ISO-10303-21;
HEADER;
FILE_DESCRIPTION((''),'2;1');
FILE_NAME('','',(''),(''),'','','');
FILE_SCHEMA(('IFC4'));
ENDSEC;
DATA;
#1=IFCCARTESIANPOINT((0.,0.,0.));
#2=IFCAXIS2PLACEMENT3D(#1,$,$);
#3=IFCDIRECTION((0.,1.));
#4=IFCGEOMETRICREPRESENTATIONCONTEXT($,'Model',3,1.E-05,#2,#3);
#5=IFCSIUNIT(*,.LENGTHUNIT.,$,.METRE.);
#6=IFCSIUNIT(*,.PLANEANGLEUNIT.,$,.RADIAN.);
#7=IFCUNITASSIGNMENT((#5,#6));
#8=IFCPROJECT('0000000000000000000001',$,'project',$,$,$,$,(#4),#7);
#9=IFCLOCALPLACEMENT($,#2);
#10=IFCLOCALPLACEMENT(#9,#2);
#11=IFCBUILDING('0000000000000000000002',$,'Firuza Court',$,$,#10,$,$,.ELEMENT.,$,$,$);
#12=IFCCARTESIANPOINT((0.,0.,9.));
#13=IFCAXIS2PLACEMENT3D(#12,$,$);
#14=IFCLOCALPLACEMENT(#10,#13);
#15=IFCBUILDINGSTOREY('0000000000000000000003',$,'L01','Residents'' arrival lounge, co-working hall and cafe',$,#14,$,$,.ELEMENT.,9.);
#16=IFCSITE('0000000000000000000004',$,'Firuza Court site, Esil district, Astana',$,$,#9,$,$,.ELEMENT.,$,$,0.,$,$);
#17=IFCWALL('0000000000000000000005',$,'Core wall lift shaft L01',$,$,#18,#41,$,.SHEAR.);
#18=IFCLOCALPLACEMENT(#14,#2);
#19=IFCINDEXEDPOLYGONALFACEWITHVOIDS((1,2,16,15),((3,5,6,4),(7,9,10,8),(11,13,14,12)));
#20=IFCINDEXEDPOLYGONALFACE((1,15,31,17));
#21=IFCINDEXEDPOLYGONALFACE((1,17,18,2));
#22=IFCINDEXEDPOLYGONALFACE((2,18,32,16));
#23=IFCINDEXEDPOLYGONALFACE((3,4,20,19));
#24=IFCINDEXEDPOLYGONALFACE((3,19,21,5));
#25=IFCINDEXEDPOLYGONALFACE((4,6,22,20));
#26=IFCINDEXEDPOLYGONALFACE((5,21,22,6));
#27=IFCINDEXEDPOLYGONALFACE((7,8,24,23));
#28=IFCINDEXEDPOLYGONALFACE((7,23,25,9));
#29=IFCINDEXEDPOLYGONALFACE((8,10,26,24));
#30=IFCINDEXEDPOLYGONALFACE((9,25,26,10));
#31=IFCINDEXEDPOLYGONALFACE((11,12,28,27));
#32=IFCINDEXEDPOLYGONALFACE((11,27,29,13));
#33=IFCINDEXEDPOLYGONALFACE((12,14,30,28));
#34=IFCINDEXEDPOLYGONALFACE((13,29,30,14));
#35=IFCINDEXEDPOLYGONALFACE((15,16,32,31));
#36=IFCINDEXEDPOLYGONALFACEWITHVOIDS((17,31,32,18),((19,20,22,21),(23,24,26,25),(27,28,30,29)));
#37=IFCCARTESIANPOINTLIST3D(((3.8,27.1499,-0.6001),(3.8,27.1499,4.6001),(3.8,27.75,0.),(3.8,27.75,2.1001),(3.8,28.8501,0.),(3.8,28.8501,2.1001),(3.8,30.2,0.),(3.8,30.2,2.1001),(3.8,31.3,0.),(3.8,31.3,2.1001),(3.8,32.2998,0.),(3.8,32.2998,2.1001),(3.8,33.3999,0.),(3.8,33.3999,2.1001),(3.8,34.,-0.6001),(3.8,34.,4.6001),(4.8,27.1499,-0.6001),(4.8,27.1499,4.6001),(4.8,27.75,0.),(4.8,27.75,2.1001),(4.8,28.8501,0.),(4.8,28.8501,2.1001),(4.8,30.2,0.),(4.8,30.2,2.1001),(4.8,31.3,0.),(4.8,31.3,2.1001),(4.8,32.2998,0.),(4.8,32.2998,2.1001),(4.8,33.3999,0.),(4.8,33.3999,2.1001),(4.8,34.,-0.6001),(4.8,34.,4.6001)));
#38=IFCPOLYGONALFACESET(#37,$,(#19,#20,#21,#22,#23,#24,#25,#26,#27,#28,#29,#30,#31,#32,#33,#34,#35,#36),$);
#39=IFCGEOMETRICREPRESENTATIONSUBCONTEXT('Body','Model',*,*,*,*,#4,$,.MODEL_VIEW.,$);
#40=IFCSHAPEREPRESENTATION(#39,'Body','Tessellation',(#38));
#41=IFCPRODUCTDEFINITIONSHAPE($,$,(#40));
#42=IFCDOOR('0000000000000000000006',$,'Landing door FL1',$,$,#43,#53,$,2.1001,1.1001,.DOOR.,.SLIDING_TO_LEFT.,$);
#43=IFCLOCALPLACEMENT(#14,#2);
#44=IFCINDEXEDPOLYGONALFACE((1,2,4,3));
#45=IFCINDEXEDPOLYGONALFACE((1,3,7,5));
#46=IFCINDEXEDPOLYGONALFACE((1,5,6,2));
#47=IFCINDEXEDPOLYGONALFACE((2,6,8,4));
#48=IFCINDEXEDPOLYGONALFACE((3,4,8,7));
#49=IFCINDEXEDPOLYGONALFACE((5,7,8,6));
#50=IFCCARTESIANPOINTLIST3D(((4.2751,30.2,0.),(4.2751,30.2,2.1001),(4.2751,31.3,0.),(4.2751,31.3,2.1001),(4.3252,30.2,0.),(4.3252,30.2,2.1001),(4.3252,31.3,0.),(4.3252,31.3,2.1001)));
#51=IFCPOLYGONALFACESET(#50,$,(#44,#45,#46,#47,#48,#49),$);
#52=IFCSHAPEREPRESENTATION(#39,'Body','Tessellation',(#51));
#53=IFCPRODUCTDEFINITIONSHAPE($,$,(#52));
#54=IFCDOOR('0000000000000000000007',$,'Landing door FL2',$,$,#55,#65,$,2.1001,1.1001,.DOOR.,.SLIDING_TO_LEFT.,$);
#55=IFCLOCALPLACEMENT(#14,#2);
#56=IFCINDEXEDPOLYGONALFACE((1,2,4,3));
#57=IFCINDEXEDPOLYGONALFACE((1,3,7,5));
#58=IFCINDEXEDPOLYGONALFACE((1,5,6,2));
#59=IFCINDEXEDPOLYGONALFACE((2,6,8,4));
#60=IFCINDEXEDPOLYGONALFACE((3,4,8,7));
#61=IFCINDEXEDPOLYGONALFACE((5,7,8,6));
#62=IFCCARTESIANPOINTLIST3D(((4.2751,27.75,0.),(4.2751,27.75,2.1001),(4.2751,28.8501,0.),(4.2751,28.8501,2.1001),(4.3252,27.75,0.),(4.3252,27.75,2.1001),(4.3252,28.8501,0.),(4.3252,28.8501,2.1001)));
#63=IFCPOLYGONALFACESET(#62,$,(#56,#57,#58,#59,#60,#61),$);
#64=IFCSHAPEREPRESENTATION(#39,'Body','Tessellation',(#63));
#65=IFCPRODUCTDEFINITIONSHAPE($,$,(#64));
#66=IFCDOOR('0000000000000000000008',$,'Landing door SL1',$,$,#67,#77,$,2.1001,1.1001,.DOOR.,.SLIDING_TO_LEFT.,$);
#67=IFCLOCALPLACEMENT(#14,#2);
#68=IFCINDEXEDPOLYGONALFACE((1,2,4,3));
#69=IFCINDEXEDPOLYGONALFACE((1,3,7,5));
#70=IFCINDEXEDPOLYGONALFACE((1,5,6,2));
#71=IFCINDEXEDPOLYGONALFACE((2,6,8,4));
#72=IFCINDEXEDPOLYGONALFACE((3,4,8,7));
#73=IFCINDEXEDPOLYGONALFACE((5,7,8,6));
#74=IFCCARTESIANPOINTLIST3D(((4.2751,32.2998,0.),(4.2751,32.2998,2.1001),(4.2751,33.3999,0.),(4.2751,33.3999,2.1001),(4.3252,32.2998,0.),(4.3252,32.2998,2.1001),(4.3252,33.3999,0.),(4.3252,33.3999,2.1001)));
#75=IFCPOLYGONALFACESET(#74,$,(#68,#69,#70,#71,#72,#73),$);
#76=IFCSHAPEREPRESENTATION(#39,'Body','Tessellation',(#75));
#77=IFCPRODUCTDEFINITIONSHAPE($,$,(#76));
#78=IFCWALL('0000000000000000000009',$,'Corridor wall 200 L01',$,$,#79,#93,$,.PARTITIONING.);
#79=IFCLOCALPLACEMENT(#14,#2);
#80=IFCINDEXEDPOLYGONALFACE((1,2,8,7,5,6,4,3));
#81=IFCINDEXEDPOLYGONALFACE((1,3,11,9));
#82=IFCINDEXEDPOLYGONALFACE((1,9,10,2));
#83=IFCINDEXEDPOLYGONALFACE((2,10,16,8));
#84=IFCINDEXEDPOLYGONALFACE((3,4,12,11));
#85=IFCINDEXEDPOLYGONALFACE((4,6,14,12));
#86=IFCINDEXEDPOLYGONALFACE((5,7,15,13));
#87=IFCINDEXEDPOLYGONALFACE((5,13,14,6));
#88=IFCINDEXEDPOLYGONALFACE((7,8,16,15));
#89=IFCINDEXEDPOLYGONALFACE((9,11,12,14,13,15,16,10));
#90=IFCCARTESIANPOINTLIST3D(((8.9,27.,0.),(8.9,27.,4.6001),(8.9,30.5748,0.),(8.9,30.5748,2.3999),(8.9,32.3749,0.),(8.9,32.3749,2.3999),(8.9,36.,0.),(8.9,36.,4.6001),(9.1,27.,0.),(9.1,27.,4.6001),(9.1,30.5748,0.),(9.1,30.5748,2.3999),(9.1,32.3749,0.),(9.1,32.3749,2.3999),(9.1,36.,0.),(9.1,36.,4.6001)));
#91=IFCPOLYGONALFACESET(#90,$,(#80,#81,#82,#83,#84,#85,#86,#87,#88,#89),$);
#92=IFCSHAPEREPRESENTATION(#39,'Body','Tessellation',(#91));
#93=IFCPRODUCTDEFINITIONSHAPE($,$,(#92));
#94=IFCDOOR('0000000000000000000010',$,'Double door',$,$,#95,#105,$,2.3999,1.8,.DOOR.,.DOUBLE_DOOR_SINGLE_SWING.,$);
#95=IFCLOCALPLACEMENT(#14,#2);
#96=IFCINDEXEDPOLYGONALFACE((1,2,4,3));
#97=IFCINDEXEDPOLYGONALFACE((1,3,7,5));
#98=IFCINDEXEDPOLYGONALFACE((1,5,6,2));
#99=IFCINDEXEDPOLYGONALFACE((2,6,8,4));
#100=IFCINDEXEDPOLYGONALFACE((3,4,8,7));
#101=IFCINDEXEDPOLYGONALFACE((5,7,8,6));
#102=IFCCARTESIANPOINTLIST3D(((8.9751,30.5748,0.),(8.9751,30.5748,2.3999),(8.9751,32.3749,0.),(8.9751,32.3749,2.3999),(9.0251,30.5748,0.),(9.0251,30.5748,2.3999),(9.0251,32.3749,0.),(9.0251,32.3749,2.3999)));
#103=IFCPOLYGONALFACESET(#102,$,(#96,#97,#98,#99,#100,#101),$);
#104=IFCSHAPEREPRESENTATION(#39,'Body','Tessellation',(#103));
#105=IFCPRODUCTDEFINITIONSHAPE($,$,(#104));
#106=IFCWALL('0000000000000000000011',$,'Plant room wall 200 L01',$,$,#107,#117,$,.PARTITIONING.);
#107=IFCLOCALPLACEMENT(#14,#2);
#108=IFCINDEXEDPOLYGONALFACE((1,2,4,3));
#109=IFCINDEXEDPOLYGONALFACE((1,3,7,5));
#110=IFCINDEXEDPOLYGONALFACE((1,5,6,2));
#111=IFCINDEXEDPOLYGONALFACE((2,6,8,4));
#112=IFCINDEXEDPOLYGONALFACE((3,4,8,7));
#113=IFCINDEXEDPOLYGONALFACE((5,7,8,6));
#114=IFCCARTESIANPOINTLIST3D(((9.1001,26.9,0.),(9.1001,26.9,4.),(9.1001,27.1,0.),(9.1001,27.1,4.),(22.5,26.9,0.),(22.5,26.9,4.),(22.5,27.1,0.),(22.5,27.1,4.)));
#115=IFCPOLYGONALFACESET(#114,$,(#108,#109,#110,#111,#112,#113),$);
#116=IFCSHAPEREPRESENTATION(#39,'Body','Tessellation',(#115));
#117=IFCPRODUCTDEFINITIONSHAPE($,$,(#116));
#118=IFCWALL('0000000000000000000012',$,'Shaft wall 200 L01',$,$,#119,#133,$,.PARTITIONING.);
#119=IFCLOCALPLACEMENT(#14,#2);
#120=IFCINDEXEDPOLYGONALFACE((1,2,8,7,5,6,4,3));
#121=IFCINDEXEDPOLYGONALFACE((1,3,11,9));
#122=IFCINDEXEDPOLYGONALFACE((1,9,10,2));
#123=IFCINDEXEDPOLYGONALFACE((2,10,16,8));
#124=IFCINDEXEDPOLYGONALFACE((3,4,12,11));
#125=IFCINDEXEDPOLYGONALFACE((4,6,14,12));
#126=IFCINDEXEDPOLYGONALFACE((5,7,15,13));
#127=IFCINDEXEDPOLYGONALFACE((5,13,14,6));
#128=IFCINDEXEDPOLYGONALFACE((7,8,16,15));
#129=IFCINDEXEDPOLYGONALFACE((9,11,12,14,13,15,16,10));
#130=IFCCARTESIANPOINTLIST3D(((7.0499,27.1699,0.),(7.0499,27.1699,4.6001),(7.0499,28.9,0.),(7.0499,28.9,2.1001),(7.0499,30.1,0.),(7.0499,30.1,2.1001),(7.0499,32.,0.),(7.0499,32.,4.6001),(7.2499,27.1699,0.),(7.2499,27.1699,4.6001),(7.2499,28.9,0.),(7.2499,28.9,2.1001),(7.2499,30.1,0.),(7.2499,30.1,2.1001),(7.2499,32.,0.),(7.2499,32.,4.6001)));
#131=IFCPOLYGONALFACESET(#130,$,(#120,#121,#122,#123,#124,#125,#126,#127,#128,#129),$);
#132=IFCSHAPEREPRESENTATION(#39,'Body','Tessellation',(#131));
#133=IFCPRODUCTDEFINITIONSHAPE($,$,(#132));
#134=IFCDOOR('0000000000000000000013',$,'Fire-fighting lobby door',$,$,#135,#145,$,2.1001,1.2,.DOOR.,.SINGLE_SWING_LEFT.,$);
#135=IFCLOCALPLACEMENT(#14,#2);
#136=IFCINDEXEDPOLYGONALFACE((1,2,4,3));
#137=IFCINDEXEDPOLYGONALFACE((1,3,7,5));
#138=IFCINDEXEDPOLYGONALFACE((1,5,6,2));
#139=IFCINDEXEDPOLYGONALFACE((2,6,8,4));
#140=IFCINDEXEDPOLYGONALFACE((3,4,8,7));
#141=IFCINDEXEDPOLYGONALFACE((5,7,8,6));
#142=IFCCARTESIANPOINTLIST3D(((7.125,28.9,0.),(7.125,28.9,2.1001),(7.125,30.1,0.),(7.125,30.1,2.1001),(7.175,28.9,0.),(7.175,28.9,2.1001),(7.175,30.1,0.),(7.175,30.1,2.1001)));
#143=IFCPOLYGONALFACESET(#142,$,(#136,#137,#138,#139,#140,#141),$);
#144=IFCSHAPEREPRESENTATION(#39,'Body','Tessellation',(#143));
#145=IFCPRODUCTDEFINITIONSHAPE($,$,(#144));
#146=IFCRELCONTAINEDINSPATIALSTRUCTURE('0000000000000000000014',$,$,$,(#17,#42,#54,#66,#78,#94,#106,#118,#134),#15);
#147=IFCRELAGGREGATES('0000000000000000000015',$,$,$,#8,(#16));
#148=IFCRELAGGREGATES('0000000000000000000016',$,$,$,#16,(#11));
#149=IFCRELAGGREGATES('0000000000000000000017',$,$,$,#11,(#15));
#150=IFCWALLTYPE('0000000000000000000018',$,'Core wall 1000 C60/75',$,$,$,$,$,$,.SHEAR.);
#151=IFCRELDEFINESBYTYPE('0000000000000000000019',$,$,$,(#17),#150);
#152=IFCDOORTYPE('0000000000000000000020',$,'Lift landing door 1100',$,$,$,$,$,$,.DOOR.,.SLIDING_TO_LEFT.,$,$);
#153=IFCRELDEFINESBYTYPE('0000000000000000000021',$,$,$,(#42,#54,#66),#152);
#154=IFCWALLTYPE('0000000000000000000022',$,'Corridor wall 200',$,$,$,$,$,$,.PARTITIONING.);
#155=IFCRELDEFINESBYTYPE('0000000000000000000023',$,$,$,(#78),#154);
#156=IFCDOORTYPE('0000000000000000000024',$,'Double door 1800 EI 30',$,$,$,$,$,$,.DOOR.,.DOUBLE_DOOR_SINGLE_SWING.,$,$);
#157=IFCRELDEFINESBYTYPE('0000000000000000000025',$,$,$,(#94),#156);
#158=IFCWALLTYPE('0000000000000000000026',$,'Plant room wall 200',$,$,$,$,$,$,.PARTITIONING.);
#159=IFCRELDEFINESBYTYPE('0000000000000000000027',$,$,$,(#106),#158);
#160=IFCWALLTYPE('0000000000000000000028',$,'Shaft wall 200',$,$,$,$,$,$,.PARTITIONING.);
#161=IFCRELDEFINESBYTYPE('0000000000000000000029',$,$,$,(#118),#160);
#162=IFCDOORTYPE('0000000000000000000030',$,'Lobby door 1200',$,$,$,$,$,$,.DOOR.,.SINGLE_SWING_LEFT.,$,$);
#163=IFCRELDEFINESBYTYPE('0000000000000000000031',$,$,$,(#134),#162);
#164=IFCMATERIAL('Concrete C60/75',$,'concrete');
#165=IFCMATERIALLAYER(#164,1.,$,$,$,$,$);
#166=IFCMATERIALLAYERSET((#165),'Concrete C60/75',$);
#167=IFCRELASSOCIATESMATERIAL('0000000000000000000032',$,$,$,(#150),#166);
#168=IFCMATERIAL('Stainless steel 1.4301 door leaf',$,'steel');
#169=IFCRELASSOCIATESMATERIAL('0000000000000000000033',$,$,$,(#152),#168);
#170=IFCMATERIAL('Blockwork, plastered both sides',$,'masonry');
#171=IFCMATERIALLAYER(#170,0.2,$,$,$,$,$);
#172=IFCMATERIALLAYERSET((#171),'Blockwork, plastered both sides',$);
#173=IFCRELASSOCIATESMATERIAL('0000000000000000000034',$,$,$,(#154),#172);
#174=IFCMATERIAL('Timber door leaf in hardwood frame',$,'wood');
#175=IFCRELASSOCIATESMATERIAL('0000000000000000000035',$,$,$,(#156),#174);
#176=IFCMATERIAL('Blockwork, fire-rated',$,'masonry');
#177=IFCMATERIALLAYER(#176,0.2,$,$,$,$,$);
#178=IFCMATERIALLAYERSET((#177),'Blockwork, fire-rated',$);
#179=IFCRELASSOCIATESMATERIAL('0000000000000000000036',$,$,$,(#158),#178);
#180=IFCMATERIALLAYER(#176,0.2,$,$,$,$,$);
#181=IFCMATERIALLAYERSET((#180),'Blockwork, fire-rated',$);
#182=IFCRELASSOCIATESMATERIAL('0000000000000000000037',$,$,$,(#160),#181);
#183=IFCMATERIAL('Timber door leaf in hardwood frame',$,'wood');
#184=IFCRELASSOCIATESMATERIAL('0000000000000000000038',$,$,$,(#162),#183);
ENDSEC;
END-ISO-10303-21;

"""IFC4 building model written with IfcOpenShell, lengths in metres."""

from ifc_helpers import new_model, si_unit, direction, frame, frame_2d, origin, place, context, subcontext, project, spatial, rectangle, extrude, material, layer, layer_set, type_object, element, fill, save


model = new_model("IFC4")

# Units and contexts
model_context = context("Model", 3, precision=1e-05, world=origin(), true_north=direction((0.0, 1.0)))
body_context = subcontext(model_context, "Body", "Model", "MODEL_VIEW")
ifc_project = project(units=[si_unit("LENGTHUNIT", "METRE"), si_unit("PLANEANGLEUNIT", "RADIAN")], contexts=[model_context])

# Site, building, storey
site_placement = place(None, origin())
site = spatial("IfcSite", under=ifc_project, at=site_placement, Name="Firuza Court site, Esil district, Astana", CompositionType="ELEMENT", RefElevation=0.0)
building_placement = place(site_placement, origin())
building = spatial("IfcBuilding", under=site, at=building_placement, Name="Firuza Court", CompositionType="ELEMENT")
storey_placement = place(building_placement, frame((0.0, 0.0, 9.0)))
storey = spatial("IfcBuildingStorey", under=building, at=storey_placement, Name="L01", Description="Residents' arrival lounge, co-working hall and cafe", CompositionType="ELEMENT", Elevation=9.0)

# Wall, openings, doors
ifc_material_1 = material(Name="Concrete C60/75", Category="concrete")
ifc_layer_1 = layer(ifc_material_1, 1.0)
ifc_layer_set_1 = layer_set([ifc_layer_1], Name="Concrete C60/75")
wall_type_1 = type_object("IfcWallType", Name="Core wall 1000 C60/75", PredefinedType="SHEAR", material=ifc_layer_set_1)
wall_1_placement = place(storey_placement, frame((4.3, 27.1499, -0.6001), z_axis=(0.0, 0.0, 1.0), x_axis=(0.0, 1.0, 0.0)))
wall_1 = element("IfcWall", 1, at=wall_1_placement, inside=storey, type_object=wall_type_1, Name="Core wall lift shaft L01", PredefinedType="SHEAR", context=body_context, shape_type="SweptSolid", body=[
    extrude(rectangle(XDim=6.8501, YDim=1.0, at=frame_2d((3.425, 0.0))), origin(), (0.0, 0.0, 1.0), 5.2002),
])
opening_1_placement = place(wall_1_placement, frame((3.05, 0.0, 0.6001)))
opening_1 = element("IfcOpeningElement", 2, at=opening_1_placement, cuts=wall_1, PredefinedType="OPENING", context=body_context, shape_type="SweptSolid", body=[
    extrude(rectangle(XDim=1.1001, YDim=2.1001, at=frame_2d((0.55, 1.05))), frame((0.0, 0.512, 0.0), z_axis=(0.0, -1.0, 0.0), x_axis=(1.0, 0.0, 0.0)), (0.0, 0.0, 1.0), 1.0239),
])
opening_2_placement = place(wall_1_placement, frame((0.6001, 0.0, 0.6001)))
opening_2 = element("IfcOpeningElement", 3, at=opening_2_placement, cuts=wall_1, PredefinedType="OPENING", context=body_context, shape_type="SweptSolid", body=[
    extrude(rectangle(XDim=1.1001, YDim=2.1001, at=frame_2d((0.55, 1.05))), frame((0.0, 0.512, 0.0), z_axis=(0.0, -1.0, 0.0), x_axis=(1.0, 0.0, 0.0)), (0.0, 0.0, 1.0), 1.0239),
])
opening_3_placement = place(wall_1_placement, frame((5.1499, 0.0, 0.6001)))
opening_3 = element("IfcOpeningElement", 4, at=opening_3_placement, cuts=wall_1, PredefinedType="OPENING", context=body_context, shape_type="SweptSolid", body=[
    extrude(rectangle(XDim=1.1001, YDim=2.1001, at=frame_2d((0.55, 1.05))), frame((0.0, 0.512, 0.0), z_axis=(0.0, -1.0, 0.0), x_axis=(1.0, 0.0, 0.0)), (0.0, 0.0, 1.0), 1.0239),
])
ifc_material_2 = material(Name="Stainless steel 1.4301 door leaf", Category="steel")
door_type_1 = type_object("IfcDoorType", Name="Lift landing door 1100", OperationType="SLIDING_TO_LEFT", PredefinedType="DOOR", material=ifc_material_2)
door_1_placement = place(opening_1_placement, origin())
door_1 = element("IfcDoor", 5, at=door_1_placement, inside=storey, type_object=door_type_1, Name="Landing door FL1", OperationType="SLIDING_TO_LEFT", OverallHeight=2.1001, OverallWidth=1.1001, PredefinedType="DOOR", context=body_context, shape_type="SweptSolid", body=[
    extrude(rectangle(XDim=1.1001, YDim=2.1001, at=frame_2d((0.55, 1.05))), frame((0.0, 0.0249, 0.0), z_axis=(0.0, -1.0, 0.0), x_axis=(1.0, 0.0, 0.0)), (0.0, 0.0, 1.0), 0.05),
])
fill(opening_1, door_1)
door_2_placement = place(opening_2_placement, origin())
door_2 = element("IfcDoor", 6, at=door_2_placement, inside=storey, type_object=door_type_1, Name="Landing door FL2", OperationType="SLIDING_TO_LEFT", OverallHeight=2.1001, OverallWidth=1.1001, PredefinedType="DOOR", context=body_context, shape_type="SweptSolid", body=[
    extrude(rectangle(XDim=1.1001, YDim=2.1001, at=frame_2d((0.55, 1.05))), frame((0.0, 0.0249, 0.0), z_axis=(0.0, -1.0, 0.0), x_axis=(1.0, 0.0, 0.0)), (0.0, 0.0, 1.0), 0.05),
])
fill(opening_2, door_2)
door_3_placement = place(opening_3_placement, origin())
door_3 = element("IfcDoor", 7, at=door_3_placement, inside=storey, type_object=door_type_1, Name="Landing door SL1", OperationType="SLIDING_TO_LEFT", OverallHeight=2.1001, OverallWidth=1.1001, PredefinedType="DOOR", context=body_context, shape_type="SweptSolid", body=[
    extrude(rectangle(XDim=1.1001, YDim=2.1001, at=frame_2d((0.55, 1.05))), frame((0.0, 0.0249, 0.0), z_axis=(0.0, -1.0, 0.0), x_axis=(1.0, 0.0, 0.0)), (0.0, 0.0, 1.0), 0.05),
])
fill(opening_3, door_3)

# Wall, opening, door
ifc_material_3 = material(Name="Blockwork, plastered both sides", Category="masonry")
ifc_layer_2 = layer(ifc_material_3, 0.2)
ifc_layer_set_2 = layer_set([ifc_layer_2], Name="Blockwork, plastered both sides")
wall_type_2 = type_object("IfcWallType", Name="Corridor wall 200", PredefinedType="PARTITIONING", material=ifc_layer_set_2)
wall_2_placement = place(storey_placement, frame((9.0, 27.0, 0.0), z_axis=(0.0, 0.0, 1.0), x_axis=(0.0, 1.0, 0.0)))
wall_2 = element("IfcWall", 8, at=wall_2_placement, inside=storey, type_object=wall_type_2, Name="Corridor wall 200 L01", PredefinedType="PARTITIONING", context=body_context, shape_type="SweptSolid", body=[
    extrude(rectangle(XDim=9.0, YDim=0.2, at=frame_2d((4.5, 0.0))), origin(), (0.0, 0.0, 1.0), 4.6001),
])
opening_4_placement = place(wall_2_placement, frame((3.575, 0.0, 0.0)))
opening_4 = element("IfcOpeningElement", 9, at=opening_4_placement, cuts=wall_2, PredefinedType="OPENING", context=body_context, shape_type="SweptSolid", body=[
    extrude(rectangle(XDim=1.8, YDim=2.3999, at=frame_2d((0.8999, 1.2))), frame((0.0, 0.1118, 0.0), z_axis=(0.0, -1.0, 0.0), x_axis=(1.0, 0.0, 0.0)), (0.0, 0.0, 1.0), 0.2239),
])
ifc_material_4 = material(Name="Timber door leaf in hardwood frame", Category="wood")
door_type_2 = type_object("IfcDoorType", Name="Double door 1800 EI 30", OperationType="DOUBLE_DOOR_SINGLE_SWING", PredefinedType="DOOR", material=ifc_material_4)
door_4_placement = place(opening_4_placement, origin())
door_4 = element("IfcDoor", 10, at=door_4_placement, inside=storey, type_object=door_type_2, Name="Double door", OperationType="DOUBLE_DOOR_SINGLE_SWING", OverallHeight=2.3999, OverallWidth=1.8, PredefinedType="DOOR", context=body_context, shape_type="SweptSolid", body=[
    extrude(rectangle(XDim=1.8, YDim=2.3999, at=frame_2d((0.8999, 1.2))), frame((0.0, 0.0249, 0.0), z_axis=(0.0, -1.0, 0.0), x_axis=(1.0, 0.0, 0.0)), (0.0, 0.0, 1.0), 0.05),
])
fill(opening_4, door_4)

# Wall
ifc_material_5 = material(Name="Blockwork, fire-rated", Category="masonry")
ifc_layer_3 = layer(ifc_material_5, 0.2)
ifc_layer_set_3 = layer_set([ifc_layer_3], Name="Blockwork, fire-rated")
wall_type_3 = type_object("IfcWallType", Name="Plant room wall 200", PredefinedType="PARTITIONING", material=ifc_layer_set_3)
wall_3_placement = place(storey_placement, frame((22.5, 27.0, 0.0), z_axis=(0.0, 0.0, 1.0), x_axis=(-1.0, 0.0, 0.0)))
element("IfcWall", 11, at=wall_3_placement, inside=storey, type_object=wall_type_3, Name="Plant room wall 200 L01", PredefinedType="PARTITIONING", context=body_context, shape_type="SweptSolid", body=[
    extrude(rectangle(XDim=13.3999, YDim=0.2, at=frame_2d((6.7, 0.0))), origin(), (0.0, 0.0, 1.0), 4.0),
])

# Wall, opening, door
ifc_layer_4 = layer(ifc_material_5, 0.2)
ifc_layer_set_4 = layer_set([ifc_layer_4], Name="Blockwork, fire-rated")
wall_type_4 = type_object("IfcWallType", Name="Shaft wall 200", PredefinedType="PARTITIONING", material=ifc_layer_set_4)
wall_4_placement = place(storey_placement, frame((7.1499, 27.1699, 0.0), z_axis=(0.0, 0.0, 1.0), x_axis=(0.0, 1.0, 0.0)))
wall_4 = element("IfcWall", 12, at=wall_4_placement, inside=storey, type_object=wall_type_4, Name="Shaft wall 200 L01", PredefinedType="PARTITIONING", context=body_context, shape_type="SweptSolid", body=[
    extrude(rectangle(XDim=4.8301, YDim=0.2, at=frame_2d((2.415, 0.0))), origin(), (0.0, 0.0, 1.0), 4.6001),
])
opening_5_placement = place(wall_4_placement, frame((1.73, 0.0, 0.0)))
opening_5 = element("IfcOpeningElement", 13, at=opening_5_placement, cuts=wall_4, PredefinedType="OPENING", context=body_context, shape_type="SweptSolid", body=[
    extrude(rectangle(XDim=1.2, YDim=2.1001, at=frame_2d((0.6001, 1.05))), frame((0.0, 0.1118, 0.0), z_axis=(0.0, -1.0, 0.0), x_axis=(1.0, 0.0, 0.0)), (0.0, 0.0, 1.0), 0.2239),
])
ifc_material_6 = material(Name="Timber door leaf in hardwood frame", Category="wood")
door_type_3 = type_object("IfcDoorType", Name="Lobby door 1200", OperationType="SINGLE_SWING_LEFT", PredefinedType="DOOR", material=ifc_material_6)
door_5_placement = place(opening_5_placement, origin())
door_5 = element("IfcDoor", 14, at=door_5_placement, inside=storey, type_object=door_type_3, Name="Fire-fighting lobby door", OperationType="SINGLE_SWING_LEFT", OverallHeight=2.1001, OverallWidth=1.2, PredefinedType="DOOR", context=body_context, shape_type="SweptSolid", body=[
    extrude(rectangle(XDim=1.2, YDim=2.1001, at=frame_2d((0.6001, 1.05))), frame((0.0, 0.0249, 0.0), z_axis=(0.0, -1.0, 0.0), x_axis=(1.0, 0.0, 0.0)), (0.0, 0.0, 1.0), 0.05),
])
fill(opening_5, door_5)

save(model, "model.ifc")
